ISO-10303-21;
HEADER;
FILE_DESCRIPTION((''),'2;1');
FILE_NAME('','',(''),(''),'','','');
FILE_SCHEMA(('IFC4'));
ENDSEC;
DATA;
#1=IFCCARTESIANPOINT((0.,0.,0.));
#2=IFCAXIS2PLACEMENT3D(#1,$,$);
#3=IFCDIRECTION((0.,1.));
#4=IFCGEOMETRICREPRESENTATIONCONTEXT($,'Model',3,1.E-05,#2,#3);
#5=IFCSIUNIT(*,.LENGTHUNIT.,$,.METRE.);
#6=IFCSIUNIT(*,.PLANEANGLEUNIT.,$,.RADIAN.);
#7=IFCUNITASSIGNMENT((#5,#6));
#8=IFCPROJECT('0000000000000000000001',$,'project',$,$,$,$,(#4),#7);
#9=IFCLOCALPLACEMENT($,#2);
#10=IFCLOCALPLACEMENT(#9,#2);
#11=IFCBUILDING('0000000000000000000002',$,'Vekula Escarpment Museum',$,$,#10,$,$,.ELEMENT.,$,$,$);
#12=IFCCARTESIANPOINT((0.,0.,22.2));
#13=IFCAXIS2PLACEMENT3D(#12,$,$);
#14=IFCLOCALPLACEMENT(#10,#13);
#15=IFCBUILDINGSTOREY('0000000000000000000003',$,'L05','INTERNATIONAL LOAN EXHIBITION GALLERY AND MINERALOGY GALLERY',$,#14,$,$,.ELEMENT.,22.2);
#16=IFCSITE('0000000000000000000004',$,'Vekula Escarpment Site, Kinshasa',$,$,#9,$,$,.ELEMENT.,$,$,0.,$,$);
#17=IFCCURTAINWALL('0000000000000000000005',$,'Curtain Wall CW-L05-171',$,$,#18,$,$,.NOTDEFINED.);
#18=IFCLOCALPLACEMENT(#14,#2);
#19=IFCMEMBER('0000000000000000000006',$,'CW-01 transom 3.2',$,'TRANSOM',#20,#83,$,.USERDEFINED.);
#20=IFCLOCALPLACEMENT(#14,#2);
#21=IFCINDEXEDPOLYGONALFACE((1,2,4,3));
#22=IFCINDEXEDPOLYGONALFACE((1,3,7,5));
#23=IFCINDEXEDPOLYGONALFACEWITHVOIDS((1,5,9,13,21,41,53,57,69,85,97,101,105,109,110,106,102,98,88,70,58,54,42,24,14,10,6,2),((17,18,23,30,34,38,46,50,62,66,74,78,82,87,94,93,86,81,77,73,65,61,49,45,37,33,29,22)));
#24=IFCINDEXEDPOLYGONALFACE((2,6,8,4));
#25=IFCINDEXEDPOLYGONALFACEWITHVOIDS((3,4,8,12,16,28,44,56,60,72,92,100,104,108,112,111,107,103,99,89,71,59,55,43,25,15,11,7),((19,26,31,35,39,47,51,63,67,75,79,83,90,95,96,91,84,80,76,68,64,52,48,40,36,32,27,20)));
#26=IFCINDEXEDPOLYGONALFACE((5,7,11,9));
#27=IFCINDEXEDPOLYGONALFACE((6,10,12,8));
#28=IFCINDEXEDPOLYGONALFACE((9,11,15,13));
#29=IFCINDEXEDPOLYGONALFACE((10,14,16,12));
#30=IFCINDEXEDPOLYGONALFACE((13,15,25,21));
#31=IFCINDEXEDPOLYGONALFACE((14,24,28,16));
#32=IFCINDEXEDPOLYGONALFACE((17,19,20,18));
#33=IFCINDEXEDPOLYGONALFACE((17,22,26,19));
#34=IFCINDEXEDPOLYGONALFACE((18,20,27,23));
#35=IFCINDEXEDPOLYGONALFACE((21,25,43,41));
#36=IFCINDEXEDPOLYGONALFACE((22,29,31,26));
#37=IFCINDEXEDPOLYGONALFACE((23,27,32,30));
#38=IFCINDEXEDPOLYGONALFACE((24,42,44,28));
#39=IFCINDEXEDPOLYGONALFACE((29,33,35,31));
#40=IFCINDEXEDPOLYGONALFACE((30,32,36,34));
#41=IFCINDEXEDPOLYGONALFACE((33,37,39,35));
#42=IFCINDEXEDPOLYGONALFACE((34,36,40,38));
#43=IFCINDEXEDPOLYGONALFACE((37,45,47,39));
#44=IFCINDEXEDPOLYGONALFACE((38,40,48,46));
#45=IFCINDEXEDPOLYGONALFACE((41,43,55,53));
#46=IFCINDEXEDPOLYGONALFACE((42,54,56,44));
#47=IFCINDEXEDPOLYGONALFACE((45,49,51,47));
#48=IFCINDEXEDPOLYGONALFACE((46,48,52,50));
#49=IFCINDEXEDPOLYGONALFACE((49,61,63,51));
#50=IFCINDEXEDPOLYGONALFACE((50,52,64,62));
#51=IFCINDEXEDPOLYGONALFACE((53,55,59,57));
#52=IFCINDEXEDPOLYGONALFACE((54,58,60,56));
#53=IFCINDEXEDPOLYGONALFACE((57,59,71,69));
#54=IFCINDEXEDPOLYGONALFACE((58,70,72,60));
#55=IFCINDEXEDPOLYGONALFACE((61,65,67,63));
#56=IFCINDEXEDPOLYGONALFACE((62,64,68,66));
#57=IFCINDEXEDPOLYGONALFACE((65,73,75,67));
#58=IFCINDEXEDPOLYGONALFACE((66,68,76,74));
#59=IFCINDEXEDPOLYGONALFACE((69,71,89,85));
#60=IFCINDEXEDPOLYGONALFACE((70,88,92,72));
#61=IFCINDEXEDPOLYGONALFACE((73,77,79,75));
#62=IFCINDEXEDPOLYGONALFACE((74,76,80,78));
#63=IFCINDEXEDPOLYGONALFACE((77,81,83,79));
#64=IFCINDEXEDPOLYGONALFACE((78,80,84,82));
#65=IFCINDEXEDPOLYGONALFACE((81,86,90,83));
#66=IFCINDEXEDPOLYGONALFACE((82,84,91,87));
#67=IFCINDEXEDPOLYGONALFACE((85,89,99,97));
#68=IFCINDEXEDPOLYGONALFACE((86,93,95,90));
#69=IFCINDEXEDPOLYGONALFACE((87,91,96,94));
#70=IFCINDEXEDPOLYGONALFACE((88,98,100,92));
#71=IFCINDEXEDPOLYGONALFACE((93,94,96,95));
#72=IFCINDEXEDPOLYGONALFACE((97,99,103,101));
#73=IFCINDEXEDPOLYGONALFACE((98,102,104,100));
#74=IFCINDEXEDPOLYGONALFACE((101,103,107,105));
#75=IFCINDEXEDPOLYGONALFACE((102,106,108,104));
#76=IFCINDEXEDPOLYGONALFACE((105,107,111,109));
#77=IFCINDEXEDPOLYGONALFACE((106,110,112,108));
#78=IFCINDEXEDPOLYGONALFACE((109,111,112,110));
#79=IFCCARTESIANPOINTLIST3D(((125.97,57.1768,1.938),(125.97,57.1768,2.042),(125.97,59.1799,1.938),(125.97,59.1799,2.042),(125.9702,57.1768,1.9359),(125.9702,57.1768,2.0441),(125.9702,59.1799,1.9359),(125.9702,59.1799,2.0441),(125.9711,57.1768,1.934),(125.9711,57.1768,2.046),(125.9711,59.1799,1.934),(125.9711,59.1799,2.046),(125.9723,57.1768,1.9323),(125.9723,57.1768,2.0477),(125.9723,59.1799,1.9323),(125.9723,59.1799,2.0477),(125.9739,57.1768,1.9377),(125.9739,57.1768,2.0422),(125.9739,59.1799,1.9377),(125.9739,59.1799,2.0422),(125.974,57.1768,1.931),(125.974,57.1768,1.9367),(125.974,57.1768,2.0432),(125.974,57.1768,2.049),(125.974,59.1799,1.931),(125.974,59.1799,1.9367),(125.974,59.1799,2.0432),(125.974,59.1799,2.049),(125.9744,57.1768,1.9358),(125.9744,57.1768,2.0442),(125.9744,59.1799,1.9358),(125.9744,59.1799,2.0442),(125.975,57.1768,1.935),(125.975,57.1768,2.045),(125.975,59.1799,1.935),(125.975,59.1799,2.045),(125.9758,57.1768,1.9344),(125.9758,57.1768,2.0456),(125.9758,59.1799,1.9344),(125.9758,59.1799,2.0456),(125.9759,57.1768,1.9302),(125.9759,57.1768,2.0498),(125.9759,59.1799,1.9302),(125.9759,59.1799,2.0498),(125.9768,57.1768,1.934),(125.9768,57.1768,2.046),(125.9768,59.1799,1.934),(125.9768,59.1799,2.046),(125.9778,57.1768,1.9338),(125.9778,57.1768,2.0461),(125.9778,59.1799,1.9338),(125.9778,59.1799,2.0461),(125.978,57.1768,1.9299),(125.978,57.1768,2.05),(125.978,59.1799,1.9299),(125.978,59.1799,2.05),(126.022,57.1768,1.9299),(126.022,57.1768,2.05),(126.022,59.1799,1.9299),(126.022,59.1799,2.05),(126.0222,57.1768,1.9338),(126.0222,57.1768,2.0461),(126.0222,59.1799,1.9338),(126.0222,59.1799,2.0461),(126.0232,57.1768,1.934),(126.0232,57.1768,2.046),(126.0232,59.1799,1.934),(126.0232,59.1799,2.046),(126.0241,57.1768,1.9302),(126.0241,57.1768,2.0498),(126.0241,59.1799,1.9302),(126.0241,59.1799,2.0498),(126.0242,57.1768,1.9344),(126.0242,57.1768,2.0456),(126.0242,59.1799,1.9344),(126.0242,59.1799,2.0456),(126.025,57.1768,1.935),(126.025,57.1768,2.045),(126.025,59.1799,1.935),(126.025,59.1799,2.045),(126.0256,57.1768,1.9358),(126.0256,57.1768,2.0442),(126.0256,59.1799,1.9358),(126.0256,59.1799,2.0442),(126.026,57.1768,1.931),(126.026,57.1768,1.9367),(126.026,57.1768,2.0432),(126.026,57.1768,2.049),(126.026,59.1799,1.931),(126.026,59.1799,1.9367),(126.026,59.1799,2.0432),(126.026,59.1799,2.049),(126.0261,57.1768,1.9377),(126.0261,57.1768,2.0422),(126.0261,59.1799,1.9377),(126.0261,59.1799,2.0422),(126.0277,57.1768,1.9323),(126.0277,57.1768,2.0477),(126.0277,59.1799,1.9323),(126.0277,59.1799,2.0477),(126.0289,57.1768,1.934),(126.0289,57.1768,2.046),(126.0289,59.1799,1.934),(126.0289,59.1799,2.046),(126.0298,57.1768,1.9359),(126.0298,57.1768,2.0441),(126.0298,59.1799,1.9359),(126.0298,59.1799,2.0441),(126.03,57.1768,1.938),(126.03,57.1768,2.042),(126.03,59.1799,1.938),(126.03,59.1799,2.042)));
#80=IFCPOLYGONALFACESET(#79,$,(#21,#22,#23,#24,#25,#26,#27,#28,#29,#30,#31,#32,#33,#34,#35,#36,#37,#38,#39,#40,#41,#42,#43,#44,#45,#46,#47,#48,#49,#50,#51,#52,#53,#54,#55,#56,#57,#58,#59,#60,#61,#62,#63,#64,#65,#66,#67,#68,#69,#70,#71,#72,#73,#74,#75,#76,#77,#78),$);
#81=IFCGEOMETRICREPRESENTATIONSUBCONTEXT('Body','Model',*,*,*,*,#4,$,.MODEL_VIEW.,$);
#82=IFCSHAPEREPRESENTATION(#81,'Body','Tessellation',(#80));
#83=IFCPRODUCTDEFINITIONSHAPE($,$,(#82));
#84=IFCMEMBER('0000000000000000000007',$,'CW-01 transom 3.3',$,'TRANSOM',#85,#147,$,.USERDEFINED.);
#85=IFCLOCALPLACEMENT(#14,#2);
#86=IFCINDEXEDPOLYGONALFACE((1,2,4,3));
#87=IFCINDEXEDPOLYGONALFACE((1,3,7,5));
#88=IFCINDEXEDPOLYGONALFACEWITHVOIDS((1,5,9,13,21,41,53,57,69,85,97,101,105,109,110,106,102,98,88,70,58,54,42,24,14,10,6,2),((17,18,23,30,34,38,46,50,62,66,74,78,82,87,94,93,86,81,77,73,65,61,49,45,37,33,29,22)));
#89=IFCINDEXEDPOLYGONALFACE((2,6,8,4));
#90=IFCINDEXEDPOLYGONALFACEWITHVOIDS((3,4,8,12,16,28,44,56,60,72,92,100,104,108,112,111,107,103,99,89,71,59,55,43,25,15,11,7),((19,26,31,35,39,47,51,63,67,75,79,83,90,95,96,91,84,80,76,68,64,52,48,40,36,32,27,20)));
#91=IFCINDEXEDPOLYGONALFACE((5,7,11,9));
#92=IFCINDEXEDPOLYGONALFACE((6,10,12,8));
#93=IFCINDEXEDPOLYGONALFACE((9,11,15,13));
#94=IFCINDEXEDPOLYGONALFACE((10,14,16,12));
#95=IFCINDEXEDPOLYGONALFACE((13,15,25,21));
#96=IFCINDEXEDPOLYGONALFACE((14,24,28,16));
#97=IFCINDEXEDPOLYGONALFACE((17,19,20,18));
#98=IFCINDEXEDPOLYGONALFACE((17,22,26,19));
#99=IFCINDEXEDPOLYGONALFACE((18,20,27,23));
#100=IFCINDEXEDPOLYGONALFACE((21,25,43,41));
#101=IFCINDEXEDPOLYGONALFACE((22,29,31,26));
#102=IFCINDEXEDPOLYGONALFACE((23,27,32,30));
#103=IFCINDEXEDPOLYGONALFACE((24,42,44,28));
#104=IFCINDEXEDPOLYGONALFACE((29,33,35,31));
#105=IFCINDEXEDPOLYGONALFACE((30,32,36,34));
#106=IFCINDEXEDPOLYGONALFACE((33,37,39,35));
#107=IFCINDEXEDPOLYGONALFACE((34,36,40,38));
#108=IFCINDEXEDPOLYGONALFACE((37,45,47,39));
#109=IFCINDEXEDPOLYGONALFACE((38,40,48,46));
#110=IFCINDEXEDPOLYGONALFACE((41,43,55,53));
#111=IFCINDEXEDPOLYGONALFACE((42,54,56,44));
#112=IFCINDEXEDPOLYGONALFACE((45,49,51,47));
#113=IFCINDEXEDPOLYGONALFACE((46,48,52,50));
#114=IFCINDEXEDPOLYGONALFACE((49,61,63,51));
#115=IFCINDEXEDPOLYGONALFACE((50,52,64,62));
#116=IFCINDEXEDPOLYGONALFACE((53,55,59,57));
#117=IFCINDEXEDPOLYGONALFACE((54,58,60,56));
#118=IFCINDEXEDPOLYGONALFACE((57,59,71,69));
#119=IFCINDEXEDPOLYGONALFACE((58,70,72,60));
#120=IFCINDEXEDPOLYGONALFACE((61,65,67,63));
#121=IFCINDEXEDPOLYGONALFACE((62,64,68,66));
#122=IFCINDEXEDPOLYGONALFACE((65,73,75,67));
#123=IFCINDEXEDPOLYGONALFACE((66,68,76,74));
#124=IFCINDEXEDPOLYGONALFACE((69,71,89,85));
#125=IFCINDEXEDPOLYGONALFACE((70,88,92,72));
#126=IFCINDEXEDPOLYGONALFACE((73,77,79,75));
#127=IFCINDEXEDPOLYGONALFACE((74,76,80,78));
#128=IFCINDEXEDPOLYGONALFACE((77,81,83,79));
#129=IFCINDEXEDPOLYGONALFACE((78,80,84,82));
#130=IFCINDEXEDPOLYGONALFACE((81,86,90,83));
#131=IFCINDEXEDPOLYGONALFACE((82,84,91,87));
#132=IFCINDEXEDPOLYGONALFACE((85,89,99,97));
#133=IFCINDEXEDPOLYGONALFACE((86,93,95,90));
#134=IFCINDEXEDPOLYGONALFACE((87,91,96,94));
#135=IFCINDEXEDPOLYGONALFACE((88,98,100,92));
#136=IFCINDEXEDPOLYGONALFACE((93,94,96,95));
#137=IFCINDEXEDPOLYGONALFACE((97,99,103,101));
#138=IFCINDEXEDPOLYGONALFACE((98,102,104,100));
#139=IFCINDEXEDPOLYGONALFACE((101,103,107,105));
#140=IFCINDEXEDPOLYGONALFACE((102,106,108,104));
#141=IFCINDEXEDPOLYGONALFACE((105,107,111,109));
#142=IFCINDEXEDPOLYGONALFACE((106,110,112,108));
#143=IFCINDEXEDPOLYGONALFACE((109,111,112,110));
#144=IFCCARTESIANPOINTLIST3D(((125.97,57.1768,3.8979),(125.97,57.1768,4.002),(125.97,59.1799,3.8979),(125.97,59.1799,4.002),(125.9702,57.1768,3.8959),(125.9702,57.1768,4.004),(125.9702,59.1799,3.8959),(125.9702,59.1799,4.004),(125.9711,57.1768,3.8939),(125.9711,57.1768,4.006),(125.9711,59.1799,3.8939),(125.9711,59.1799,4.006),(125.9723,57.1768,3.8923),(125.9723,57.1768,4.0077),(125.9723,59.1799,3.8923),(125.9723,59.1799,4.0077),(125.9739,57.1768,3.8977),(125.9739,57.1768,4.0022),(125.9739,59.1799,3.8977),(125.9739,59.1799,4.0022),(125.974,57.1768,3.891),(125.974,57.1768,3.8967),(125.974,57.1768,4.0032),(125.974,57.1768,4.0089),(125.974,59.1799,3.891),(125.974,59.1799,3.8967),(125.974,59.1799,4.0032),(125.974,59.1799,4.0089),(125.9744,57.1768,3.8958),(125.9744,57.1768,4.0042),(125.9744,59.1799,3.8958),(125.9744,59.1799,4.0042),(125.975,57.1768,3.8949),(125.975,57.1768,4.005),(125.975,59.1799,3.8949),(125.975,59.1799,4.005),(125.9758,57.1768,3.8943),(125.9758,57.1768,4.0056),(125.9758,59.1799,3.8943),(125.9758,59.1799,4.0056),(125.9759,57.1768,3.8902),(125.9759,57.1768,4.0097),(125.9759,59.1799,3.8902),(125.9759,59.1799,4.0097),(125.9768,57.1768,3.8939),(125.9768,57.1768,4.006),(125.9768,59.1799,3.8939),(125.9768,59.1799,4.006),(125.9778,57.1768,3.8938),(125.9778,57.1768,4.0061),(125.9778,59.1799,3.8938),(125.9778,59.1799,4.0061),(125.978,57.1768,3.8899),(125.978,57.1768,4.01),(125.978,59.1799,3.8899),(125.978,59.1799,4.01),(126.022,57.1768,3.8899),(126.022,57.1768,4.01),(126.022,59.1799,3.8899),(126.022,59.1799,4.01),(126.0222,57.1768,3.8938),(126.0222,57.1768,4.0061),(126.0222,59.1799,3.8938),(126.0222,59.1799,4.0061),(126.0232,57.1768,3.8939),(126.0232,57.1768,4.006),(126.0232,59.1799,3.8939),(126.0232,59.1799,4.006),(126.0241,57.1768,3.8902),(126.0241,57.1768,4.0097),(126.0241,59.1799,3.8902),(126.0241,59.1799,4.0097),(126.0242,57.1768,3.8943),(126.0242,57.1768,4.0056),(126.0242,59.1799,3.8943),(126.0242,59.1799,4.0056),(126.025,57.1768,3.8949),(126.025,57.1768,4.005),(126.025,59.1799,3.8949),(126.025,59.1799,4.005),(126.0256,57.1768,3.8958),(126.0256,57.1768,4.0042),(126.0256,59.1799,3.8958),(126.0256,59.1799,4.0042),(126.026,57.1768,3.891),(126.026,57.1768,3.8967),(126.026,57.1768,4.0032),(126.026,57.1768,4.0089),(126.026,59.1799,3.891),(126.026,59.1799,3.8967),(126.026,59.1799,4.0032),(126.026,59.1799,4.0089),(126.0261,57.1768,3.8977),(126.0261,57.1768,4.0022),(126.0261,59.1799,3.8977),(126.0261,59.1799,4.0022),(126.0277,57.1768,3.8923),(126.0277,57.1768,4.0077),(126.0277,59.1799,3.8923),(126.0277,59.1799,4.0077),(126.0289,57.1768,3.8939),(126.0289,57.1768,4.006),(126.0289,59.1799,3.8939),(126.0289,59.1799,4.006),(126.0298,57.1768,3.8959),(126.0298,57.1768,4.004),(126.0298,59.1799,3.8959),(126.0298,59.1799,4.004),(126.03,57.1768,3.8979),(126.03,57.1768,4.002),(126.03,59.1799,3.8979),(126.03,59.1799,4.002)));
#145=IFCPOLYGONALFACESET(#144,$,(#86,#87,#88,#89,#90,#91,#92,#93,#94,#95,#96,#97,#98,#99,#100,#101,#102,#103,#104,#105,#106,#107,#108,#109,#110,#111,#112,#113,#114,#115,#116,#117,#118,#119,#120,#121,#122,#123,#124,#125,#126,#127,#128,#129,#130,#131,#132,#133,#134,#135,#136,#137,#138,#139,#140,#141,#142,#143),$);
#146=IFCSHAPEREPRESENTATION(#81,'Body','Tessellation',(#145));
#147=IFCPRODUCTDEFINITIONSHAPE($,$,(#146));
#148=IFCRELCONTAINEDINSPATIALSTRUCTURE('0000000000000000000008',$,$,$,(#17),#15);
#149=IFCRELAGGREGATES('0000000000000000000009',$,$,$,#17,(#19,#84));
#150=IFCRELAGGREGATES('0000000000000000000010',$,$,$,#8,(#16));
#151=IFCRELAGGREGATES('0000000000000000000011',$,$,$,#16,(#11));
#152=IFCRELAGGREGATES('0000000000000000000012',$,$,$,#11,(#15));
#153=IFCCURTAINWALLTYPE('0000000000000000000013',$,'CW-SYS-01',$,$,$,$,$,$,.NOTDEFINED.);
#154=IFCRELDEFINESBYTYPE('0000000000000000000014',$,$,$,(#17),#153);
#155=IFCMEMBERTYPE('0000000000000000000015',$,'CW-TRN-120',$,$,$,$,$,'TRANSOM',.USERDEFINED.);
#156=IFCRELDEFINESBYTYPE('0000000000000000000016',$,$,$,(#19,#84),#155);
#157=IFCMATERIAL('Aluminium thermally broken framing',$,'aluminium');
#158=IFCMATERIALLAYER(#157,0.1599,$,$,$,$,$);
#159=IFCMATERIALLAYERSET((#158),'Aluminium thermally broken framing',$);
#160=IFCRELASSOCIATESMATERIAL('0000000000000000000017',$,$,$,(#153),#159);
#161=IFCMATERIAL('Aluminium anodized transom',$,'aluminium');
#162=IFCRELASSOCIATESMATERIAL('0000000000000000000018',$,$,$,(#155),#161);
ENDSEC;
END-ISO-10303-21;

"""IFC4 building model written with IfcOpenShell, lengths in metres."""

from ifc_helpers import new_model, si_unit, direction, frame, origin, origin_2d, place, context, subcontext, project, spatial, hollow_rectangle, extrude, material, layer, layer_set, material_profile, profile_set, type_object, element, aggregate, save


model = new_model("IFC4")

# Units and contexts
model_context = context("Model", 3, precision=1e-05, world=origin(), true_north=direction((0.0, 1.0)))
body_context = subcontext(model_context, "Body", "Model", "MODEL_VIEW")
ifc_project = project(units=[si_unit("LENGTHUNIT", "METRE"), si_unit("PLANEANGLEUNIT", "RADIAN")], contexts=[model_context])

# Site, building, storey
site_placement = place(None, origin())
site = spatial("IfcSite", under=ifc_project, at=site_placement, Name="Vekula Escarpment Site, Kinshasa", CompositionType="ELEMENT", RefElevation=0.0)
building_placement = place(site_placement, origin())
building = spatial("IfcBuilding", under=site, at=building_placement, Name="Vekula Escarpment Museum", CompositionType="ELEMENT")
storey_placement = place(building_placement, frame((0.0, 0.0, 22.2)))
storey = spatial("IfcBuildingStorey", under=building, at=storey_placement, Name="L05", Description="INTERNATIONAL LOAN EXHIBITION GALLERY AND MINERALOGY GALLERY", CompositionType="ELEMENT", Elevation=22.2)

# Curtain wall, members
ifc_material_1 = material(Name="Aluminium thermally broken framing", Category="aluminium")
ifc_layer_1 = layer(ifc_material_1, 0.1599)
ifc_layer_set_1 = layer_set([ifc_layer_1], Name="Aluminium thermally broken framing")
curtain_wall_type = type_object("IfcCurtainWallType", Name="CW-SYS-01", PredefinedType="NOTDEFINED", material=ifc_layer_set_1)
curtain_wall_placement = place(storey_placement, origin())
curtain_wall = element("IfcCurtainWall", 1, at=curtain_wall_placement, inside=storey, type_object=curtain_wall_type, Name="Curtain Wall CW-L05-171", PredefinedType="NOTDEFINED")
ifc_material_2 = material(Name="Aluminium anodized transom", Category="aluminium")
ifc_material_profile_1 = material_profile(ifc_material_2, hollow_rectangle(XDim=0.0601, YDim=0.1201, WallThickness=0.0039, InnerFilletRadius=0.0039, OuterFilletRadius=0.0081, at=origin_2d()), Name="ALU 120x60x4")
ifc_profile_set_1 = profile_set([ifc_material_profile_1], Name="Aluminium anodized transom")
member_type_1 = type_object("IfcMemberType", Name="CW-TRN-120", ElementType="TRANSOM", PredefinedType="USERDEFINED", material=ifc_profile_set_1)
member_1_placement = place(storey_placement, frame((126.0, 57.1768, 1.99), z_axis=(0.0, 1.0, 0.0), x_axis=(-1.0, 0.0, 0.0)))
member_1 = element("IfcMember", 2, at=member_1_placement, type_object=member_type_1, Name="CW-01 transom 3.2", ObjectType="TRANSOM", PredefinedType="USERDEFINED", context=body_context, shape_type="SweptSolid", body=[
    extrude(hollow_rectangle(XDim=0.0601, YDim=0.1201, WallThickness=0.0039, InnerFilletRadius=0.0039, OuterFilletRadius=0.0081, at=origin_2d()), origin(), (0.0, 0.0, 1.0), 2.0032),
])
member_2_placement = place(storey_placement, frame((126.0, 57.1768, 3.95), z_axis=(0.0, 1.0, 0.0), x_axis=(-1.0, 0.0, 0.0)))
member_2 = element("IfcMember", 3, at=member_2_placement, type_object=member_type_1, Name="CW-01 transom 3.3", ObjectType="TRANSOM", PredefinedType="USERDEFINED", context=body_context, shape_type="SweptSolid", body=[
    extrude(hollow_rectangle(XDim=0.0601, YDim=0.1201, WallThickness=0.0039, InnerFilletRadius=0.0039, OuterFilletRadius=0.0081, at=origin_2d()), origin(), (0.0, 0.0, 1.0), 2.0032),
])

aggregate(curtain_wall, [member_1, member_2])

save(model, "model.ifc")
